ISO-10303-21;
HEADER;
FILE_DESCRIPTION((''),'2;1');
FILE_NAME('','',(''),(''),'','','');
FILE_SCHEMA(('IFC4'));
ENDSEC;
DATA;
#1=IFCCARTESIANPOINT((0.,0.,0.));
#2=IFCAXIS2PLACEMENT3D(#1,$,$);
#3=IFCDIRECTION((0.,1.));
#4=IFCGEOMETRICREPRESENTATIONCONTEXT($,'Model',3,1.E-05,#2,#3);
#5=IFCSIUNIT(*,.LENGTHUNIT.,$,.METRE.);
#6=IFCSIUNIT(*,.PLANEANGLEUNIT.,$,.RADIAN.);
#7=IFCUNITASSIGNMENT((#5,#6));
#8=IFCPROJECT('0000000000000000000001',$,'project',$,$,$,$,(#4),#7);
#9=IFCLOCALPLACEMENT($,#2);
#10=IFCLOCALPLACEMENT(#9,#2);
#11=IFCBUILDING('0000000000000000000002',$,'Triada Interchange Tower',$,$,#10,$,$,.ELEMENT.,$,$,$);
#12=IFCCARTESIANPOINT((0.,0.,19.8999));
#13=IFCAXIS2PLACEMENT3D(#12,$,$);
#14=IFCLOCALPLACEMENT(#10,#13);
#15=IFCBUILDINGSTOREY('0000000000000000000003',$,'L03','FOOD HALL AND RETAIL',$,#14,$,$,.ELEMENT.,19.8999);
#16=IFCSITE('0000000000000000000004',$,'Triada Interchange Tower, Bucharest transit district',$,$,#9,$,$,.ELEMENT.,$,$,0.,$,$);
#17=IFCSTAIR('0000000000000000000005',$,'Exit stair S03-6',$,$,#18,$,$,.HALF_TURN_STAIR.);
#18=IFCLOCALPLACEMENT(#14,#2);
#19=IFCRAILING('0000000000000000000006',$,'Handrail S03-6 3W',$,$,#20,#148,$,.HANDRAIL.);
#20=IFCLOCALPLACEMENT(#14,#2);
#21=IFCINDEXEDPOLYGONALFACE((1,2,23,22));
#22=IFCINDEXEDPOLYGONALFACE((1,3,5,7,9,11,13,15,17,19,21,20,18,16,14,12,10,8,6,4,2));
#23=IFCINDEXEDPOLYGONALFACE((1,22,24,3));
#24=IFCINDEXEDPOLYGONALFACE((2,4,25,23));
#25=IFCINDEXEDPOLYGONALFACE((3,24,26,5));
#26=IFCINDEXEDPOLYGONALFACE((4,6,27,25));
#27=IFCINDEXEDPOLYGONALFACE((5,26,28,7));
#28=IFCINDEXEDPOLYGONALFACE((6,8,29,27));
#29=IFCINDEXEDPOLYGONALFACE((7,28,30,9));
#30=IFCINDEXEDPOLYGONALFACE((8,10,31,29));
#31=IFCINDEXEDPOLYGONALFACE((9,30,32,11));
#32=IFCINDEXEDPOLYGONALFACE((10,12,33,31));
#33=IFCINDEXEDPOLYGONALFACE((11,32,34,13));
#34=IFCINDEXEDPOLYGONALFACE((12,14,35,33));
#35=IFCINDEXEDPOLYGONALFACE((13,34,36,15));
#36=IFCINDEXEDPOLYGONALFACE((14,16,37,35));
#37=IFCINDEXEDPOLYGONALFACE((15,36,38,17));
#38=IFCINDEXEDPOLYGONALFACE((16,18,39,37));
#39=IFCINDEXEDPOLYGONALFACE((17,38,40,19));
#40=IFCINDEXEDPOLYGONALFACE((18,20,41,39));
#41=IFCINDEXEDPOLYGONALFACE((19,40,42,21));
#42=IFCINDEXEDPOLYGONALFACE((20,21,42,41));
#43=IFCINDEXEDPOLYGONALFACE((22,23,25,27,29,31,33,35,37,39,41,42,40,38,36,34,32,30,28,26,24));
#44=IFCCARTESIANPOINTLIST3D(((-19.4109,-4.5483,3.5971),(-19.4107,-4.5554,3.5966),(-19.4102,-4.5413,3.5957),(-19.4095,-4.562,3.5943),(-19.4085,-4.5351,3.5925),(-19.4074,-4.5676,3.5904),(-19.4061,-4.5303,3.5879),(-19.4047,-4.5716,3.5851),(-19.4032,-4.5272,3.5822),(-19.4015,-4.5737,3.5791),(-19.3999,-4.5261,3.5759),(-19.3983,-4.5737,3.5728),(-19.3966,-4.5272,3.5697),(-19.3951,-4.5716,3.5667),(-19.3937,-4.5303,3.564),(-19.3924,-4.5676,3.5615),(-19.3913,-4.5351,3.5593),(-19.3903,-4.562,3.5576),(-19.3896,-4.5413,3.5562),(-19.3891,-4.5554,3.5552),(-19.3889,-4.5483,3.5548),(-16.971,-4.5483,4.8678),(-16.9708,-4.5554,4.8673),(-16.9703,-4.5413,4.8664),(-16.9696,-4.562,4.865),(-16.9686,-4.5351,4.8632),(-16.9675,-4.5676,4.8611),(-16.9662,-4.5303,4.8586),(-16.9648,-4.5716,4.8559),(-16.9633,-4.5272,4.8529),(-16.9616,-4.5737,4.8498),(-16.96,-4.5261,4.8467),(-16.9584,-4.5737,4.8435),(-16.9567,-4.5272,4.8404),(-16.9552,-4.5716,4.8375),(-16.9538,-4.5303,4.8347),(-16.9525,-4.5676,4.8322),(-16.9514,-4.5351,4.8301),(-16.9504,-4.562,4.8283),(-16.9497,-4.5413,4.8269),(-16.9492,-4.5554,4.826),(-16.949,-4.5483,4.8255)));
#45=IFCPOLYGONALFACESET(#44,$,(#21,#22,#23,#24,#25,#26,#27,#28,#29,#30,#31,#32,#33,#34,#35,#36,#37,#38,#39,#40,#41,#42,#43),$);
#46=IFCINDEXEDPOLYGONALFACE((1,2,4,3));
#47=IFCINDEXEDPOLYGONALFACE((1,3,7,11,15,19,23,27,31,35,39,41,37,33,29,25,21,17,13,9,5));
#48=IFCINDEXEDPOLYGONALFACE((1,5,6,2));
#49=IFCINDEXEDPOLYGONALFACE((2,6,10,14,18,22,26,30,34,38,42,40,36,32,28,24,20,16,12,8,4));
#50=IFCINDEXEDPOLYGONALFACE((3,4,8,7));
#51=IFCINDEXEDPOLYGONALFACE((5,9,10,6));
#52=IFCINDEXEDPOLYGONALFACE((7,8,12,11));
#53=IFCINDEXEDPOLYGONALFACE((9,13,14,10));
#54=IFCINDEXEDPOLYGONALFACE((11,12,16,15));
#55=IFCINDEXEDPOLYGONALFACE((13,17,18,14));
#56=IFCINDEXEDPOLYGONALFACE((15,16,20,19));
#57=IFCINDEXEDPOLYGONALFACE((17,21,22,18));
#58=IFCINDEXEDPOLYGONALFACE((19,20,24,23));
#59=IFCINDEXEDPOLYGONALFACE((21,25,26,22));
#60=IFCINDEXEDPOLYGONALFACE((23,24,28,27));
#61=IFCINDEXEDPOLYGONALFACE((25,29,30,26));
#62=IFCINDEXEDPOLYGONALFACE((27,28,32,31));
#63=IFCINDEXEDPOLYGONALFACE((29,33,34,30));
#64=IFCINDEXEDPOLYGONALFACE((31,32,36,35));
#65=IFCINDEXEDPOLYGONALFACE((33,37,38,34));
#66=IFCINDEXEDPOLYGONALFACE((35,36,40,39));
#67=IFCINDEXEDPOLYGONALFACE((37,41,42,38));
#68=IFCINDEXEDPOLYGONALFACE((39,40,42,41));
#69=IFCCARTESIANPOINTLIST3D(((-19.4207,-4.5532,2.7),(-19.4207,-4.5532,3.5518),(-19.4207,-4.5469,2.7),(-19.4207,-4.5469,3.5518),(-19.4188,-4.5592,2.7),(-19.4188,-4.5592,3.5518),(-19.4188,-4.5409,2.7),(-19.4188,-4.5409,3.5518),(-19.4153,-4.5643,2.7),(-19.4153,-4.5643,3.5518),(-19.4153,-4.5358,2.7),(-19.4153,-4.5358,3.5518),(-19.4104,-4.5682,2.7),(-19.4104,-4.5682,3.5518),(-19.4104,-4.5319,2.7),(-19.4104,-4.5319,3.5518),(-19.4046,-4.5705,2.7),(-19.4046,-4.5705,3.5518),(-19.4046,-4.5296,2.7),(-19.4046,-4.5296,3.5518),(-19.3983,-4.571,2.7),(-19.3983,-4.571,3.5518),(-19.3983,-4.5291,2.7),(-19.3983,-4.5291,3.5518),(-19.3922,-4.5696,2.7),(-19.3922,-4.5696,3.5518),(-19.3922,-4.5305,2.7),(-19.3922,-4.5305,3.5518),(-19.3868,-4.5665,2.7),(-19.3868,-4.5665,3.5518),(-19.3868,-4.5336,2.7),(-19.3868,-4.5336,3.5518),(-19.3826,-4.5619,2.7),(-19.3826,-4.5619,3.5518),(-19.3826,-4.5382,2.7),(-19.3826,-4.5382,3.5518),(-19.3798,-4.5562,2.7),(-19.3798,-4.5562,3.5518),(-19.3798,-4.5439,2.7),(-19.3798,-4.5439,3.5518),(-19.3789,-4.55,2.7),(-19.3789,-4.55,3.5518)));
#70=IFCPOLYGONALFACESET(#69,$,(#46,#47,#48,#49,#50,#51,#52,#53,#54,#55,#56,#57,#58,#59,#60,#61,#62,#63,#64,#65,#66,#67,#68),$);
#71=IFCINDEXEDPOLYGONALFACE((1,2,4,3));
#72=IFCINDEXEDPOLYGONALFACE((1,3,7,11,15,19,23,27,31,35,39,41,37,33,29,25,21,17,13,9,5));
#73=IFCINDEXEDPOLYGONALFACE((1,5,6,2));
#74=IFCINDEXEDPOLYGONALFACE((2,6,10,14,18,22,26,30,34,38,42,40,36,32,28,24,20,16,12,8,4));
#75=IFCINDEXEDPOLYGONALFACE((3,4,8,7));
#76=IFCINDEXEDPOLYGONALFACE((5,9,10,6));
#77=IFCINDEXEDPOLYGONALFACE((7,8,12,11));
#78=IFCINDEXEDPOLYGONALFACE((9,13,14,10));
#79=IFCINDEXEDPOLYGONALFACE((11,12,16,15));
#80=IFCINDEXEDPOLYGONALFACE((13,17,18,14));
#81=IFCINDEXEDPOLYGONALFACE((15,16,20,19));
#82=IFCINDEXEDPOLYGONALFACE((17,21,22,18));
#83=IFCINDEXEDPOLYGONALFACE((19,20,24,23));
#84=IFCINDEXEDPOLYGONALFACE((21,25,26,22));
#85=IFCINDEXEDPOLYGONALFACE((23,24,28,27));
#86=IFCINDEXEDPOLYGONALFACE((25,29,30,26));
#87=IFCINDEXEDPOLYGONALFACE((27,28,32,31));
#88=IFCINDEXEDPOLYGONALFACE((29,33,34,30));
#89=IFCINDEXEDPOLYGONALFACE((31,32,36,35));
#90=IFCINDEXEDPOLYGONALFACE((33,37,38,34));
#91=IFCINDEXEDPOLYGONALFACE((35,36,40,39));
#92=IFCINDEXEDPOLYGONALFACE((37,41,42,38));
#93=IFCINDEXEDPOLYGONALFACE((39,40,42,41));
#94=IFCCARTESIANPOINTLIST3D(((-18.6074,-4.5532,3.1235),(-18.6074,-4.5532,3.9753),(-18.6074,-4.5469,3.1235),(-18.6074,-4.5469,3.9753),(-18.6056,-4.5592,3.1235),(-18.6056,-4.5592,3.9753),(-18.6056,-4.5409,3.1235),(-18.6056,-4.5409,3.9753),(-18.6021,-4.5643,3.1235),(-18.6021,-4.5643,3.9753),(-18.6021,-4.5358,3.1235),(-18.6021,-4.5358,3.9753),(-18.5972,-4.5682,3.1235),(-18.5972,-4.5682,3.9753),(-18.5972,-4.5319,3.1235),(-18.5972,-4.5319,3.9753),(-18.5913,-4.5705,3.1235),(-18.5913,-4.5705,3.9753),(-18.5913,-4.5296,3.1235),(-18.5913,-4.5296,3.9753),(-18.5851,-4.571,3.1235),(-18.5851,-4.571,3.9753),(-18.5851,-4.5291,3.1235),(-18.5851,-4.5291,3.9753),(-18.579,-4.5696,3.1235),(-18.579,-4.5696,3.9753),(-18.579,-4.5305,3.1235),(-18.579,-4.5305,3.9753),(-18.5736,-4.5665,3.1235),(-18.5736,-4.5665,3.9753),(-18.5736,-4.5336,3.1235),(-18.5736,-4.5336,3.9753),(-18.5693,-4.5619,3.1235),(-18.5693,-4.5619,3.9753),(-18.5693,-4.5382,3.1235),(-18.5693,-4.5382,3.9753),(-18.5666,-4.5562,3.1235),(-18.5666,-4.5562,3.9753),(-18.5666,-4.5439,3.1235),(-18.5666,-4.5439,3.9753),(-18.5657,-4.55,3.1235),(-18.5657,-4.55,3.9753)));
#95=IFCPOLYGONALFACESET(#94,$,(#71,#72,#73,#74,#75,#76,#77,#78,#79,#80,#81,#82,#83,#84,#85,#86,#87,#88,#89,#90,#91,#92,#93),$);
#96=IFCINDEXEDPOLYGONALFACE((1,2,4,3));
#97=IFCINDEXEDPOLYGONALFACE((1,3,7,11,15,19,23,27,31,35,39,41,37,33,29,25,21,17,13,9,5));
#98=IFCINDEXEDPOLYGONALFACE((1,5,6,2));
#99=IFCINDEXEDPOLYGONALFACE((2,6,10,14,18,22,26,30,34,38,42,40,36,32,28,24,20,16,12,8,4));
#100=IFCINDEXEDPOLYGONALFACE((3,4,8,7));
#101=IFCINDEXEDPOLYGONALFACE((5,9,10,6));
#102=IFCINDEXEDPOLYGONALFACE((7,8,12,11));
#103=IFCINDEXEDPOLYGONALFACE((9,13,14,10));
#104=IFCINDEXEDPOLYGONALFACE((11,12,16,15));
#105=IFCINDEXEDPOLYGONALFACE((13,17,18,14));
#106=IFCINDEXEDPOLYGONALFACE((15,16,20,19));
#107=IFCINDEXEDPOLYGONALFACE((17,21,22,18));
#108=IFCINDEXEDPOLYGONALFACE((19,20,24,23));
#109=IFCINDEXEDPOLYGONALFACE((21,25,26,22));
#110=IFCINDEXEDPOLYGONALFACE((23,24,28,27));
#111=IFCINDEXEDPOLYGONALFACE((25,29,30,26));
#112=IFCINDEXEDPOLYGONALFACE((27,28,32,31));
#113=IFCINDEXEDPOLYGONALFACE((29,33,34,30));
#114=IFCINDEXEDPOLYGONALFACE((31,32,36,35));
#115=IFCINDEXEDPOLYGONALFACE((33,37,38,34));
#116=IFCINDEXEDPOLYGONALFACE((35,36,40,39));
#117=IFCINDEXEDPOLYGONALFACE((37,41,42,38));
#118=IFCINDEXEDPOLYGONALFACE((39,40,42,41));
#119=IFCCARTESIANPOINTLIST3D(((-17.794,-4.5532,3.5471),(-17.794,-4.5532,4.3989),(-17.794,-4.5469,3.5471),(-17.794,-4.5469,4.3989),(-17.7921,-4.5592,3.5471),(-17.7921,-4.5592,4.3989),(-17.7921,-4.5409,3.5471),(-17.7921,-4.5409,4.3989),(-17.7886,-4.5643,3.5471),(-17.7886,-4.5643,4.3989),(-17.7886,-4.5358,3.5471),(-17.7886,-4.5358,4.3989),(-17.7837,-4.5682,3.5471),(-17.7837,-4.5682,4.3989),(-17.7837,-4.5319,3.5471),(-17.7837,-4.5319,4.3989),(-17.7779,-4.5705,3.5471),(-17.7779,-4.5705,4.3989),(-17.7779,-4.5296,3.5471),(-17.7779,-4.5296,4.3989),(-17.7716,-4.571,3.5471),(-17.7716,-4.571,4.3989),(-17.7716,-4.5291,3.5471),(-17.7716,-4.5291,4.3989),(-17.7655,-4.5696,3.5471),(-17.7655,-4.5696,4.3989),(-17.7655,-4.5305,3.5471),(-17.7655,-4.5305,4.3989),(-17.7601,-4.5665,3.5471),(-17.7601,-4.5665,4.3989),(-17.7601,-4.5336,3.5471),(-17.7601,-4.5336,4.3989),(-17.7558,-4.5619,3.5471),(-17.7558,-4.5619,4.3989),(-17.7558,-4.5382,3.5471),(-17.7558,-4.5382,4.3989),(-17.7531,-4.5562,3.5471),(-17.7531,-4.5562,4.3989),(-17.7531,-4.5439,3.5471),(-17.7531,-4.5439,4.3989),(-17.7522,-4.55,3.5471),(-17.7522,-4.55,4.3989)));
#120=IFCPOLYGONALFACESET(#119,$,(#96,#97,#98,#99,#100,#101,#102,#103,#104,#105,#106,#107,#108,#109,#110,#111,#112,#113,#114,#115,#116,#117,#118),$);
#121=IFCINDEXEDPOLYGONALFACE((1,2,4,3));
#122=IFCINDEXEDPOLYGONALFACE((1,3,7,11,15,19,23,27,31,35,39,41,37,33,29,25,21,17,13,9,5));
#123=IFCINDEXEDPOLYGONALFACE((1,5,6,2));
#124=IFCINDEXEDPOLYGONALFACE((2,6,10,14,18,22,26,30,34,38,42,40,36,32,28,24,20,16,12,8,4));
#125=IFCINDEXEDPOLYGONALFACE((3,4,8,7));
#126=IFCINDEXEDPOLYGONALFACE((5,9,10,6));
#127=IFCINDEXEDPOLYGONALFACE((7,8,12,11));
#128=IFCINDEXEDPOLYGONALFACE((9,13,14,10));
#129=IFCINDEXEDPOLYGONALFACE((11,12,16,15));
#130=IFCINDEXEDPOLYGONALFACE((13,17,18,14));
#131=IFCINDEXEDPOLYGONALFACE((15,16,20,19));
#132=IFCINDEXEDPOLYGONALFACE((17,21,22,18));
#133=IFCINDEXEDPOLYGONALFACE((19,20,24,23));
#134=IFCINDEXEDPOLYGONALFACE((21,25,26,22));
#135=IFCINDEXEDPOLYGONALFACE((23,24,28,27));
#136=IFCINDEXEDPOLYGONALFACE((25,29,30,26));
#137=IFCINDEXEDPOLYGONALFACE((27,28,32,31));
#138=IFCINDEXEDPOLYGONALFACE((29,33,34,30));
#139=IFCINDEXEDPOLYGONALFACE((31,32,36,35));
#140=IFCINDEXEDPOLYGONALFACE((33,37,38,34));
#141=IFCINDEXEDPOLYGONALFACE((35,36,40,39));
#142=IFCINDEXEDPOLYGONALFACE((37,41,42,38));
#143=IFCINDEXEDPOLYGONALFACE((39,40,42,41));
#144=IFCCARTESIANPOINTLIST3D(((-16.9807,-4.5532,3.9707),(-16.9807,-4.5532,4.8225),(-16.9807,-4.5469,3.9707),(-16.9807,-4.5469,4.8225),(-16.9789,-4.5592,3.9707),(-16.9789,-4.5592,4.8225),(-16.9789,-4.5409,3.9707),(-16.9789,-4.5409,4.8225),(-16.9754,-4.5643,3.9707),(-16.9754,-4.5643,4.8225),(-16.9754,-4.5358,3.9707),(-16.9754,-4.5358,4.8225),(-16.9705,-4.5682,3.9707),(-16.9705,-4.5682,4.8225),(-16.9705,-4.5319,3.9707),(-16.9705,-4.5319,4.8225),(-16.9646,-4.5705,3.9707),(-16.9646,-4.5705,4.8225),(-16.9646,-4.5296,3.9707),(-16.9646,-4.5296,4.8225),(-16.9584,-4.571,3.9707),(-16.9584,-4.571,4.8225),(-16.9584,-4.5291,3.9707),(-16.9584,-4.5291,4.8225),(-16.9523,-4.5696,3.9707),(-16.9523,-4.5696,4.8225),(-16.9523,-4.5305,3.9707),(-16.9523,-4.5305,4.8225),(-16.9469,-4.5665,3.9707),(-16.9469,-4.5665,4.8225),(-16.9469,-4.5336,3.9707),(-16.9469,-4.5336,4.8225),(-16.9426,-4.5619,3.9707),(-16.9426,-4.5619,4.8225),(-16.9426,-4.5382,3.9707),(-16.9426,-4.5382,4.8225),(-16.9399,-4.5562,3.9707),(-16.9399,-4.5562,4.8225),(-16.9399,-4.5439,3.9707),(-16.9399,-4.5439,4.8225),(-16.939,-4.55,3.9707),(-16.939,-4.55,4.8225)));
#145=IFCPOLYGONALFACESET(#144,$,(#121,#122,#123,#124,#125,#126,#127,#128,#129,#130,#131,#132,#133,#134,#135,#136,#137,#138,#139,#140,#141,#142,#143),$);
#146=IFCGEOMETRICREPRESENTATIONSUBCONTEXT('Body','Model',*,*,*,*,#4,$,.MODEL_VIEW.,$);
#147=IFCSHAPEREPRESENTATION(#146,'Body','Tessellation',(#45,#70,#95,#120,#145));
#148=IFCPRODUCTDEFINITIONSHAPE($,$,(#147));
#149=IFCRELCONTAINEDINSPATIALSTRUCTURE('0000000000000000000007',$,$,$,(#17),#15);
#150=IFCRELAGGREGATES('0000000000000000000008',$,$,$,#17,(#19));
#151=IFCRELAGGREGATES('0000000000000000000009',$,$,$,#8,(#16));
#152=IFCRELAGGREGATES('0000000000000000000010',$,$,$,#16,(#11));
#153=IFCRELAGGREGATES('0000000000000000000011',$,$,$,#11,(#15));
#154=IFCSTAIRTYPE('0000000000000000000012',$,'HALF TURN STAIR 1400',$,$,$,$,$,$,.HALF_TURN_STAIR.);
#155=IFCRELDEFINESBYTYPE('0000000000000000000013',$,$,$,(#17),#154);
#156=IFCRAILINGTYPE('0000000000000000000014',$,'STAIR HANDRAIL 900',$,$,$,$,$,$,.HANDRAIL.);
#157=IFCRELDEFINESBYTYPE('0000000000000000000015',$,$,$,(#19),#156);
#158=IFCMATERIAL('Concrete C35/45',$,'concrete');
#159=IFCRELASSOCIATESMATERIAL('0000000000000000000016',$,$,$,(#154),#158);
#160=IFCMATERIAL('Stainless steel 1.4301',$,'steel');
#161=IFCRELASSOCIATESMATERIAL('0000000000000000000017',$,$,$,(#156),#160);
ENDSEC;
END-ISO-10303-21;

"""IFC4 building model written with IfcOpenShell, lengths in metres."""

from ifc_helpers import new_model, si_unit, direction, frame, origin, origin_2d, place, context, subcontext, project, spatial, circle, extrude, material, type_object, element, aggregate, save


model = new_model("IFC4")

# Units and contexts
model_context = context("Model", 3, precision=1e-05, world=origin(), true_north=direction((0.0, 1.0)))
body_context = subcontext(model_context, "Body", "Model", "MODEL_VIEW")
ifc_project = project(units=[si_unit("LENGTHUNIT", "METRE"), si_unit("PLANEANGLEUNIT", "RADIAN")], contexts=[model_context])

# Site, building, storey
site_placement = place(None, origin())
site = spatial("IfcSite", under=ifc_project, at=site_placement, Name="Triada Interchange Tower, Bucharest transit district", CompositionType="ELEMENT", RefElevation=0.0)
building_placement = place(site_placement, origin())
building = spatial("IfcBuilding", under=site, at=building_placement, Name="Triada Interchange Tower", CompositionType="ELEMENT")
storey_placement = place(building_placement, frame((0.0, 0.0, 19.8999)))
storey = spatial("IfcBuildingStorey", under=building, at=storey_placement, Name="L03", Description="FOOD HALL AND RETAIL", CompositionType="ELEMENT", Elevation=19.8999)

# Shared definitions
ifc_material_1 = material(Name="Concrete C35/45", Category="concrete")

# Stair
stair_type = type_object("IfcStairType", Name="HALF TURN STAIR 1400", PredefinedType="HALF_TURN_STAIR", material=ifc_material_1)
stair_1_placement = place(storey_placement, origin())
stair_1 = element("IfcStair", 1, at=stair_1_placement, inside=storey, type_object=stair_type, Name="Exit stair S03-6", PredefinedType="HALF_TURN_STAIR")

# Shared definitions
ifc_material_2 = material(Name="Stainless steel 1.4301", Category="steel")

# Railing
railing_type_1 = type_object("IfcRailingType", Name="STAIR HANDRAIL 900", PredefinedType="HANDRAIL", material=ifc_material_2)
railing_1_placement = place(storey_placement, frame((-19.3999, -4.55, 2.7)))
railing_1 = element("IfcRailing", 2, at=railing_1_placement, type_object=railing_type_1, Name="Handrail S03-6 3W", PredefinedType="HANDRAIL", context=body_context, shape_type="SweptSolid", body=[
    extrude(circle(Radius=0.0239, at=origin_2d()), frame((0.0, 0.0, 0.876), z_axis=(0.886922, 0.0, 0.46192), x_axis=(0.0, 1.0, 0.0)), (0.0, 0.0, 1.0), 2.751),
    extrude(circle(Radius=0.021, at=origin_2d()), origin(), (0.0, 0.0, 1.0), 0.8518),
    extrude(circle(Radius=0.021, at=origin_2d()), frame((0.8132, 0.0, 0.4236)), (0.0, 0.0, 1.0), 0.8518),
    extrude(circle(Radius=0.021, at=origin_2d()), frame((1.6267, 0.0, 0.8472)), (0.0, 0.0, 1.0), 0.8518),
    extrude(circle(Radius=0.021, at=origin_2d()), frame((2.4399, 0.0, 1.2708)), (0.0, 0.0, 1.0), 0.8518),
])
aggregate(stair_1, [railing_1])

save(model, "model.ifc")
